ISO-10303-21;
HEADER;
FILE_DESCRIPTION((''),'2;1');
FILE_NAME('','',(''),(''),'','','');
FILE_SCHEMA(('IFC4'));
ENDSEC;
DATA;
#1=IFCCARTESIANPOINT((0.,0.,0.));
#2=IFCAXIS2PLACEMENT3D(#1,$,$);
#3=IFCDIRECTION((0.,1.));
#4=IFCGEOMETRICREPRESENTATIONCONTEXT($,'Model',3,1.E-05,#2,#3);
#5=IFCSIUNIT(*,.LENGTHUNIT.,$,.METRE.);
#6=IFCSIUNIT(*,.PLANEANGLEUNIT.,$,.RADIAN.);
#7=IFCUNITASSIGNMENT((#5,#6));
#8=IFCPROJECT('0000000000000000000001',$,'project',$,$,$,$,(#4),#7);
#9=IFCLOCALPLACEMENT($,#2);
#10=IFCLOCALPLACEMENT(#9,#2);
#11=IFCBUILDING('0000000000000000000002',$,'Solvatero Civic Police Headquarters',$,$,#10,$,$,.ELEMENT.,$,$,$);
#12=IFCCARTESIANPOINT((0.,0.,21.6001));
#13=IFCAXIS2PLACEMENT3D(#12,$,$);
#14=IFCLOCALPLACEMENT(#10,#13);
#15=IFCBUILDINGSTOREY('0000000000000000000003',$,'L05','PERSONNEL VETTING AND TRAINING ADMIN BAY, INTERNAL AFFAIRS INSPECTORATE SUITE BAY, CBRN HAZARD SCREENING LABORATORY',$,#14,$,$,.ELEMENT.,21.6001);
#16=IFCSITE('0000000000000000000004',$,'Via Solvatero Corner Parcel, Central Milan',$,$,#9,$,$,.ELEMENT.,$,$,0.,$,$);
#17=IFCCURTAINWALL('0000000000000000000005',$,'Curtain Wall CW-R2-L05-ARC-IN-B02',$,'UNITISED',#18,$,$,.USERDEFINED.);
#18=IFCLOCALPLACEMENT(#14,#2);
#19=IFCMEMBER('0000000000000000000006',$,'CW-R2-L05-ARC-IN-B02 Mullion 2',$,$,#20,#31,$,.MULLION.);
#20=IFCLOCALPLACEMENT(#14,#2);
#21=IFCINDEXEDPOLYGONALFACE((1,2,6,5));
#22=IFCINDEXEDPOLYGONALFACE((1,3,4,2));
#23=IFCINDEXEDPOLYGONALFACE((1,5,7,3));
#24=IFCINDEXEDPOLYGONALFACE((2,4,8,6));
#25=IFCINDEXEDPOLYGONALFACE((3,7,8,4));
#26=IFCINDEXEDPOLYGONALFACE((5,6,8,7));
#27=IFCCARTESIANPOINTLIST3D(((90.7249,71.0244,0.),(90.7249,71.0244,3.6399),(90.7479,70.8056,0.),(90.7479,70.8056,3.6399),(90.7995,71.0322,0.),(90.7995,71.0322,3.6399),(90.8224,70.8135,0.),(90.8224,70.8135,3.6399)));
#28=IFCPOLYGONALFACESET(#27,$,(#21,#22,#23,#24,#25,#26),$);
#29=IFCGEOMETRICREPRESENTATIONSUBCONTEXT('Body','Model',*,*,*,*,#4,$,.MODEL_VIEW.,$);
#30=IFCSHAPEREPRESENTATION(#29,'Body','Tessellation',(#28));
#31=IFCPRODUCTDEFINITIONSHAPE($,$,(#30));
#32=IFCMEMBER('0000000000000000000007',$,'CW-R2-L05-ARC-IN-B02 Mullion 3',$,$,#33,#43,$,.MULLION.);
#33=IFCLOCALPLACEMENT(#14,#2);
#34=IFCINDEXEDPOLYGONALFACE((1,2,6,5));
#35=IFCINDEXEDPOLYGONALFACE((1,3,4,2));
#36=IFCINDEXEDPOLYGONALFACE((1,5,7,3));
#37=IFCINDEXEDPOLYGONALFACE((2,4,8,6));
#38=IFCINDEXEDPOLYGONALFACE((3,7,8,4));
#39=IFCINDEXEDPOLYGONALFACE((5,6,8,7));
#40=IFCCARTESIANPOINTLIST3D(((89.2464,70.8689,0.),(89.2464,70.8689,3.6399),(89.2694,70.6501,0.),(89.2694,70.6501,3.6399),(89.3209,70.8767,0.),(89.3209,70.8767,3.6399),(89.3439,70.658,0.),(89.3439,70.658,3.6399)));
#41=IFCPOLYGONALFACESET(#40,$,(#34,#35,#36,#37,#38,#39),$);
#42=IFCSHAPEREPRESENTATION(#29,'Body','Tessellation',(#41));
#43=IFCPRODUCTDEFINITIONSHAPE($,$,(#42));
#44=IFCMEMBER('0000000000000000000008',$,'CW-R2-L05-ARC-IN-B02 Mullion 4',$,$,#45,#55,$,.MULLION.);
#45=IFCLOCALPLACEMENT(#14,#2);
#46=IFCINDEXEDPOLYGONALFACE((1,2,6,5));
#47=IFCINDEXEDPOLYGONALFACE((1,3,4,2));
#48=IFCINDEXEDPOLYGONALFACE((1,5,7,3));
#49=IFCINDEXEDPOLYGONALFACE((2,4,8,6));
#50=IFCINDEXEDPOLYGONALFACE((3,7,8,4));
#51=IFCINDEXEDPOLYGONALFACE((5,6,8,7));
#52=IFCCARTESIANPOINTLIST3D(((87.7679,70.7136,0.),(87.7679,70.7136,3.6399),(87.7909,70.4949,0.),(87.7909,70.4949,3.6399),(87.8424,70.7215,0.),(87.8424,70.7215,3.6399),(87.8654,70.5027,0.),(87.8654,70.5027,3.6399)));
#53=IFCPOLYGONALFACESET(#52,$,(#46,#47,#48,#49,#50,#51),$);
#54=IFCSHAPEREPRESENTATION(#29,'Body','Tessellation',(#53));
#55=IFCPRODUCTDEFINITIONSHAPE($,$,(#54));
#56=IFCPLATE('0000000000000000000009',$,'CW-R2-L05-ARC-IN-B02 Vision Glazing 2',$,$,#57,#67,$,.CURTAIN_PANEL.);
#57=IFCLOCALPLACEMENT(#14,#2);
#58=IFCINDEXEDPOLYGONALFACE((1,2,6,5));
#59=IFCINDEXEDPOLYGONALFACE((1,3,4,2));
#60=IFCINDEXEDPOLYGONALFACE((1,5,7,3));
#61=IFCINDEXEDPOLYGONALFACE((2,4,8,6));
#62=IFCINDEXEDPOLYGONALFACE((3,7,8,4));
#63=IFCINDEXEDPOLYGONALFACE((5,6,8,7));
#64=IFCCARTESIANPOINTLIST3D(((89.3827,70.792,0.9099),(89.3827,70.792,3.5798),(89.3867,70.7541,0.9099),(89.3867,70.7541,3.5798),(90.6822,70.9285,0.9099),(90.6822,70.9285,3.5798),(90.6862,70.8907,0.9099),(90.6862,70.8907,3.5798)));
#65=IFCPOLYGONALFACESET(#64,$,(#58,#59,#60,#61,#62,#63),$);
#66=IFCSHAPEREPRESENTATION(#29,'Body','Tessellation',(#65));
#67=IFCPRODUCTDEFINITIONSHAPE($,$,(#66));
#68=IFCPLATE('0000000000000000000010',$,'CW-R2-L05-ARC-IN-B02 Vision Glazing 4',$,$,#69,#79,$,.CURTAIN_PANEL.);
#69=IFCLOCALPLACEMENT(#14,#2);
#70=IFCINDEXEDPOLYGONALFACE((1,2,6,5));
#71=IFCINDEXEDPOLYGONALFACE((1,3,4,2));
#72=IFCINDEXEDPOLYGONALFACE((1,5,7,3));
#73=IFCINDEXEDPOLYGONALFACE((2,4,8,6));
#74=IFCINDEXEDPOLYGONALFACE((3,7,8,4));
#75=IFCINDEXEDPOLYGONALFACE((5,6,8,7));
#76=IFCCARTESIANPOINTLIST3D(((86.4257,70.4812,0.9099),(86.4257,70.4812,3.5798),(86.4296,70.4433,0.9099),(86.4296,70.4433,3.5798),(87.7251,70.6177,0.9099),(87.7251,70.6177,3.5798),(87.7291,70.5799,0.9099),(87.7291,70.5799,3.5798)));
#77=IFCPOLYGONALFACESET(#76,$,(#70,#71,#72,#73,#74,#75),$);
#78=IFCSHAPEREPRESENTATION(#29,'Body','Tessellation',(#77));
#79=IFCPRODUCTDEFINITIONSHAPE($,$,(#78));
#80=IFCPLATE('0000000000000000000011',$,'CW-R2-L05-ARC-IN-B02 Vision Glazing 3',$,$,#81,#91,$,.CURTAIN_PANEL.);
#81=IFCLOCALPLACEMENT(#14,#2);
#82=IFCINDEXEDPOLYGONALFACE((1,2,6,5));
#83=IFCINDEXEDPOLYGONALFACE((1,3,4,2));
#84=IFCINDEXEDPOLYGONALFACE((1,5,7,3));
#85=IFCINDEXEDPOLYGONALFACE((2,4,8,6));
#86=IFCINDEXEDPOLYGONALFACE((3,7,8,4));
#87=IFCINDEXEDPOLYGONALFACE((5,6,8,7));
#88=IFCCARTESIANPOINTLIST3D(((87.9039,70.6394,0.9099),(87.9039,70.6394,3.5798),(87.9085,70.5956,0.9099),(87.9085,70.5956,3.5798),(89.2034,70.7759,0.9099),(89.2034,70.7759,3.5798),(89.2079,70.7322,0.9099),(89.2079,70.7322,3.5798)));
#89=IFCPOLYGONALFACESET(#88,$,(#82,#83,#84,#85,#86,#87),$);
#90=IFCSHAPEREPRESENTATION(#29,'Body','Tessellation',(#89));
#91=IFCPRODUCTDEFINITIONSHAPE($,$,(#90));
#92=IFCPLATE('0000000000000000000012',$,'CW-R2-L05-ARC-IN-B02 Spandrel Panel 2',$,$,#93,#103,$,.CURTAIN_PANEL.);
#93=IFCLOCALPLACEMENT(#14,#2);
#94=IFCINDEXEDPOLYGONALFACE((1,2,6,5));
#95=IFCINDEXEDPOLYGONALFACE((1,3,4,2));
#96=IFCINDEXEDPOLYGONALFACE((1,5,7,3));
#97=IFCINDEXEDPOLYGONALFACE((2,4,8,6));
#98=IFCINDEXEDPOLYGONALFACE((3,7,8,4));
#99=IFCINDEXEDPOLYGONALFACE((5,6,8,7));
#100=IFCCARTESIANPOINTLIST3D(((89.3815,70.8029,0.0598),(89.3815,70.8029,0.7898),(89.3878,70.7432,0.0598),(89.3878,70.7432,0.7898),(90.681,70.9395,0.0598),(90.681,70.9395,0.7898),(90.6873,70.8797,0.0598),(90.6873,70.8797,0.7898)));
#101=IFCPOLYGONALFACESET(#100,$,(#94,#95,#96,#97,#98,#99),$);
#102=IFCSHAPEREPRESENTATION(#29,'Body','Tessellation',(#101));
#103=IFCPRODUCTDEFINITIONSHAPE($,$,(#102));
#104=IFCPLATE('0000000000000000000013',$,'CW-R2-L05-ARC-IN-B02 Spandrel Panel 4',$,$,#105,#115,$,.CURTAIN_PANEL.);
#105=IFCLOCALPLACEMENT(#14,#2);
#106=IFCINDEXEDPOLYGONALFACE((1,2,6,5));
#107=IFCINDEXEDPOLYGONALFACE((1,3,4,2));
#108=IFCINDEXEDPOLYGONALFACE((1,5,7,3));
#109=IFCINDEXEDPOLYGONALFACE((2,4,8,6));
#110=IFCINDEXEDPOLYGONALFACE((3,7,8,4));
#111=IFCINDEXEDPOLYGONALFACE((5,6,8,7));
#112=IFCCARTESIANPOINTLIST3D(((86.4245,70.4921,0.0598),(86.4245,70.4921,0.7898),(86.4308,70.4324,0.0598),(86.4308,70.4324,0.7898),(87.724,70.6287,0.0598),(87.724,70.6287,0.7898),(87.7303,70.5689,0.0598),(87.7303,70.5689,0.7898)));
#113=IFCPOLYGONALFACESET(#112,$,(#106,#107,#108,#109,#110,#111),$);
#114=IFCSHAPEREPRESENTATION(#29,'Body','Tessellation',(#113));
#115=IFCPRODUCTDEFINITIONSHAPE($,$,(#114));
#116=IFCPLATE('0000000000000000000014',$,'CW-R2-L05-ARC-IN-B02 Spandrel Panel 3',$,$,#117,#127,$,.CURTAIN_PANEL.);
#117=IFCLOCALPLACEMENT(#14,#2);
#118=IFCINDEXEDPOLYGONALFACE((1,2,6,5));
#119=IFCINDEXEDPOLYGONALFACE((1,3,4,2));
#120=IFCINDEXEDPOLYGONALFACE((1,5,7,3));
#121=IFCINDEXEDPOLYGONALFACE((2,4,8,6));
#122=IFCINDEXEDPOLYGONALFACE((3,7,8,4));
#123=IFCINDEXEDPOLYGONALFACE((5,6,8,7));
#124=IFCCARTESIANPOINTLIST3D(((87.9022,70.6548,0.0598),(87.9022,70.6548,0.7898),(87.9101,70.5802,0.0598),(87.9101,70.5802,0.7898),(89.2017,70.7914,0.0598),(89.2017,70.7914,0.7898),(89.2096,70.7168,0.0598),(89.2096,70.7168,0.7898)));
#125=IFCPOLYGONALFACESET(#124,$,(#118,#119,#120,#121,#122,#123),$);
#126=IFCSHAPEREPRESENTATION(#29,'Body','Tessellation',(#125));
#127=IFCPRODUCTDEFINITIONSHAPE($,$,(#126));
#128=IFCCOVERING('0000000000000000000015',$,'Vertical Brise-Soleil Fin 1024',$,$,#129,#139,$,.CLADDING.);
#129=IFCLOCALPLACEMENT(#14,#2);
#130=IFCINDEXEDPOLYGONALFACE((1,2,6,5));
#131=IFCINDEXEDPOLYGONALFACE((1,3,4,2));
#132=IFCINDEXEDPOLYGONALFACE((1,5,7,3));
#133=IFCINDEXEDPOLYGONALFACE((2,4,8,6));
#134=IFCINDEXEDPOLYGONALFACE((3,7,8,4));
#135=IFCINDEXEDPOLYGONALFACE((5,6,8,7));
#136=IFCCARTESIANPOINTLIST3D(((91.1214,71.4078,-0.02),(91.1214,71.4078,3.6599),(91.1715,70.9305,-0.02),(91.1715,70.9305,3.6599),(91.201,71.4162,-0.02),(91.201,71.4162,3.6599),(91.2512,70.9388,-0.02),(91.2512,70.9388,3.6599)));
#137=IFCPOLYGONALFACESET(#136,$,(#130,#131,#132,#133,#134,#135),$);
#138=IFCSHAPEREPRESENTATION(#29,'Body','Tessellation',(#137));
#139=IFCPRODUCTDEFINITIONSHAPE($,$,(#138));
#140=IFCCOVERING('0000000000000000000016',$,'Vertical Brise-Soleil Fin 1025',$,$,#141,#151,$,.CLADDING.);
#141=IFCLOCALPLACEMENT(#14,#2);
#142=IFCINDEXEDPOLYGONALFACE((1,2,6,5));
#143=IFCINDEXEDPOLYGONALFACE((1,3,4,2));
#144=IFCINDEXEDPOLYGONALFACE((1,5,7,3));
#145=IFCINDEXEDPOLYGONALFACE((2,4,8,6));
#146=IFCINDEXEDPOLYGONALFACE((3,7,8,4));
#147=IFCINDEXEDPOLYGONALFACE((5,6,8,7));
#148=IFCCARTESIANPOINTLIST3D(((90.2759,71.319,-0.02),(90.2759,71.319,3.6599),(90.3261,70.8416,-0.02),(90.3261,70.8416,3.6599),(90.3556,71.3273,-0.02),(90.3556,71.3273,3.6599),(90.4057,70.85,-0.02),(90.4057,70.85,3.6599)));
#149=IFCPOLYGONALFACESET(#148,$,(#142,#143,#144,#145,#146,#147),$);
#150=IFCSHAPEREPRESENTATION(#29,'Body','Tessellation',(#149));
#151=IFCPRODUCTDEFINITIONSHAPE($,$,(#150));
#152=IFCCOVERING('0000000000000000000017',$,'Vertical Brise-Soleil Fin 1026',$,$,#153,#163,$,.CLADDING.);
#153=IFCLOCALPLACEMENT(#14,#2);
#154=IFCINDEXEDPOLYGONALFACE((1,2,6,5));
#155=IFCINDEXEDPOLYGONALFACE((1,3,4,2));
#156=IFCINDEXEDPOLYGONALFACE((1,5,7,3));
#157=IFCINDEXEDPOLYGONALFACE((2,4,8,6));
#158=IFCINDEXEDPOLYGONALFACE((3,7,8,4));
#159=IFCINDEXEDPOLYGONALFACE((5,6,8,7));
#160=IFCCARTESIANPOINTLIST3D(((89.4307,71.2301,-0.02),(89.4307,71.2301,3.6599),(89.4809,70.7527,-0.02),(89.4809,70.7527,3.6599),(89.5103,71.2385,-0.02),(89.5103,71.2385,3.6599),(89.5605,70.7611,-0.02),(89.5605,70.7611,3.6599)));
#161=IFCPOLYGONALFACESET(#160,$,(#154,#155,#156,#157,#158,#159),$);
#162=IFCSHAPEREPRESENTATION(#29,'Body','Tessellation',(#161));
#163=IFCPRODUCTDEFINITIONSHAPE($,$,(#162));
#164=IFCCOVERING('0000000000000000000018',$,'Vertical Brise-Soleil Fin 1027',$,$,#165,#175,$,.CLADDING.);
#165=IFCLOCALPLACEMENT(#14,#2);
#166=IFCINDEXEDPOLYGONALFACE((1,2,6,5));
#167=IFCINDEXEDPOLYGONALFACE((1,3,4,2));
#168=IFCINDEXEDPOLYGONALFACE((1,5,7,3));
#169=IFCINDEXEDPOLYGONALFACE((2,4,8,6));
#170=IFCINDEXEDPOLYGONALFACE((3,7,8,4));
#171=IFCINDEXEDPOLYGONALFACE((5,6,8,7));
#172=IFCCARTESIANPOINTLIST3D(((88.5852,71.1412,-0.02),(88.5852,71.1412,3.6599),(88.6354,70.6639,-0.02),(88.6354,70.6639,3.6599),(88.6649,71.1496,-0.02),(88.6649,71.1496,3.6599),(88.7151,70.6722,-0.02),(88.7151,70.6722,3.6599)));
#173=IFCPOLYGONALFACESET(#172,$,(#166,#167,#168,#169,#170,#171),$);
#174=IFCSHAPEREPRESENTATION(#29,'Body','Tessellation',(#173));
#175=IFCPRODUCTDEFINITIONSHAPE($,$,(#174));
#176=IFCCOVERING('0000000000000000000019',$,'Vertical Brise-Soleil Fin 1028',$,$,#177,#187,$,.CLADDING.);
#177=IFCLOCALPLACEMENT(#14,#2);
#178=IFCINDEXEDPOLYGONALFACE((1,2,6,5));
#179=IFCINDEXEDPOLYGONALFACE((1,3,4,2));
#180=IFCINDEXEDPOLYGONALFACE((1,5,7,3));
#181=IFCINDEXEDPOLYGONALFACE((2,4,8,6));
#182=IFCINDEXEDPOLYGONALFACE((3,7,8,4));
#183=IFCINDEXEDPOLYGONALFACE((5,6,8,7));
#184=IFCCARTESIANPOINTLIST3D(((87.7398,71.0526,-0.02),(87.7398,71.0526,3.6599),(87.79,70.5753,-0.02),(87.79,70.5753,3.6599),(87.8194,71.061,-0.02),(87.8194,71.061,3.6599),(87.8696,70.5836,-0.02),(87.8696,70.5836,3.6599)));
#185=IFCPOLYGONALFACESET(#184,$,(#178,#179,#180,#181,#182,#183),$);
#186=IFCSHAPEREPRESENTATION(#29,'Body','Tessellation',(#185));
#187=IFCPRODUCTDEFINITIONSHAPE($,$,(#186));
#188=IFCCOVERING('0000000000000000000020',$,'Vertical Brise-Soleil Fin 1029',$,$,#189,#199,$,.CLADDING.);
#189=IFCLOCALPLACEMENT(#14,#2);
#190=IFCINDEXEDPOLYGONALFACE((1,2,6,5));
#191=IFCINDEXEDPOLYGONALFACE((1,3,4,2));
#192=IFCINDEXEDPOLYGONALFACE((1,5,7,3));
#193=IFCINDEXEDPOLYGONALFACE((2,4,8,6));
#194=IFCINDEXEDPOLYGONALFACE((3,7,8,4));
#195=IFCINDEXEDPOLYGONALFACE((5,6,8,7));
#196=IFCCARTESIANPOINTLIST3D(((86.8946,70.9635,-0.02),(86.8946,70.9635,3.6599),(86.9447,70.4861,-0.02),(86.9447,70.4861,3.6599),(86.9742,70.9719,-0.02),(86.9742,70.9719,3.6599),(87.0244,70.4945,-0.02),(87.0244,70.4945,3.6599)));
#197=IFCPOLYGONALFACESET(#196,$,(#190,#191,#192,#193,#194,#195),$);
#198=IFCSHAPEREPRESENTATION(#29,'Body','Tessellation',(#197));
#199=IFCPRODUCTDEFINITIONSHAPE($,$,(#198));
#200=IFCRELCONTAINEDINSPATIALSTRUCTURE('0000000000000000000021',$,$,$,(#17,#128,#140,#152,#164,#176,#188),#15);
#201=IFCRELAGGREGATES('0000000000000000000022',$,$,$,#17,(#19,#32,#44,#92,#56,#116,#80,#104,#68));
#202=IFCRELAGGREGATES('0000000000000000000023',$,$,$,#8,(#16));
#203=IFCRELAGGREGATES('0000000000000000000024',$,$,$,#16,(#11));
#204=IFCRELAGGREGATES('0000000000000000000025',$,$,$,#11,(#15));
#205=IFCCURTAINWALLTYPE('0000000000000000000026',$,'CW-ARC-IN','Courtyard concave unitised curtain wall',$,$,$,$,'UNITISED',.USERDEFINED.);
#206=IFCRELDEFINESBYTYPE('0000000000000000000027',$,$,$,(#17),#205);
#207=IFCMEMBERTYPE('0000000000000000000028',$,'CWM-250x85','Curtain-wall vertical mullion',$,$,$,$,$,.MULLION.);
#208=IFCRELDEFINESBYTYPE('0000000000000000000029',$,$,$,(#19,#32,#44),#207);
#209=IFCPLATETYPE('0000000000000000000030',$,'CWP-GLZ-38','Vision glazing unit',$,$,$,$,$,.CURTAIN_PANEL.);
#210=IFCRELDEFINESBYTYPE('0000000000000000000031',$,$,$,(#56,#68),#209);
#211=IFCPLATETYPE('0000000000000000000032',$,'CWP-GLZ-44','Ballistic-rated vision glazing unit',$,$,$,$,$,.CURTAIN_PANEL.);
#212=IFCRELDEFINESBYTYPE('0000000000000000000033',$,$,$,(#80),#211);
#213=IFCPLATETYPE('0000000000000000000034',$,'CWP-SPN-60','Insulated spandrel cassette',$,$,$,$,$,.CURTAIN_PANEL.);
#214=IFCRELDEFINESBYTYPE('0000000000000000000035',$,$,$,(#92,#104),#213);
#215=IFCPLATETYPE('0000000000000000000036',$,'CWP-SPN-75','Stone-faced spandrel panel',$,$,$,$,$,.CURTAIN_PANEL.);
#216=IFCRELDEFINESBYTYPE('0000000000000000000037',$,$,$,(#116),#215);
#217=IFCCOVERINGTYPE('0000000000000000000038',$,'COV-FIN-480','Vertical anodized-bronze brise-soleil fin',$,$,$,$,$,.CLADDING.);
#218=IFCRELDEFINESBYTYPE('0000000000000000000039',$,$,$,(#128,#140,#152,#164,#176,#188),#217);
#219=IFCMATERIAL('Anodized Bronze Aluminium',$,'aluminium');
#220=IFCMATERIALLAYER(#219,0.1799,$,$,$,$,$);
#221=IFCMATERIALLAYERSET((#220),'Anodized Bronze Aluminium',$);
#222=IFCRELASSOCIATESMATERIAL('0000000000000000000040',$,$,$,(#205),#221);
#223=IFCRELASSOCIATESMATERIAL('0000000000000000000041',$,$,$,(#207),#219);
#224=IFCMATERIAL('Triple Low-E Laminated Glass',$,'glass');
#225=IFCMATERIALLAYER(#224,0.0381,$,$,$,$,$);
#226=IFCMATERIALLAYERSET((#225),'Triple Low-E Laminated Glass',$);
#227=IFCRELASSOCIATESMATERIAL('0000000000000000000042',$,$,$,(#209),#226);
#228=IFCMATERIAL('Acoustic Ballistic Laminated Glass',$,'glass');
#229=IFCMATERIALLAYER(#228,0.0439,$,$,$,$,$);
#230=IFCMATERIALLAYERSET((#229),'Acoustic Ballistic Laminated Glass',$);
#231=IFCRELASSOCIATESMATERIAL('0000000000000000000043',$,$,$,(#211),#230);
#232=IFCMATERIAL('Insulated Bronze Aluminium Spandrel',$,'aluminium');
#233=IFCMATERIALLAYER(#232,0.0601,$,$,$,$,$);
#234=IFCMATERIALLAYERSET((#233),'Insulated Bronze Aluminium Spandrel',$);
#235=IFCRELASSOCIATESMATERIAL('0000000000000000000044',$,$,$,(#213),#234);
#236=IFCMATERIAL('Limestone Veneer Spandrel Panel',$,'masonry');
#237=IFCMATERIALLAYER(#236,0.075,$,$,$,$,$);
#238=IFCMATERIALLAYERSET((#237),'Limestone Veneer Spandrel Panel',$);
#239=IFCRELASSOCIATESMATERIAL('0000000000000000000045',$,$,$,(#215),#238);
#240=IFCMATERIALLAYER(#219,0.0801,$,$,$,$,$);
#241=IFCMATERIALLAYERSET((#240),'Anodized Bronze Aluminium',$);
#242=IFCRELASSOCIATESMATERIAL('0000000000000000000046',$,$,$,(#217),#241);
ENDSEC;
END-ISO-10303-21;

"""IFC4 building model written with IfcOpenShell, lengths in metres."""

from ifc_helpers import new_model, si_unit, direction, frame, origin, origin_2d, place, context, subcontext, project, spatial, rectangle, extrude, material, layer, layer_set, material_profile, profile_set, type_object, element, aggregate, save


model = new_model("IFC4")

# Units and contexts
model_context = context("Model", 3, precision=1e-05, world=origin(), true_north=direction((0.0, 1.0)))
body_context = subcontext(model_context, "Body", "Model", "MODEL_VIEW")
ifc_project = project(units=[si_unit("LENGTHUNIT", "METRE"), si_unit("PLANEANGLEUNIT", "RADIAN")], contexts=[model_context])

# Site, building, storey
site_placement = place(None, origin())
site = spatial("IfcSite", under=ifc_project, at=site_placement, Name="Via Solvatero Corner Parcel, Central Milan", CompositionType="ELEMENT", RefElevation=0.0)
building_placement = place(site_placement, origin())
building = spatial("IfcBuilding", under=site, at=building_placement, Name="Solvatero Civic Police Headquarters", CompositionType="ELEMENT")
storey_placement = place(building_placement, frame((0.0, 0.0, 21.6001)))
storey = spatial("IfcBuildingStorey", under=building, at=storey_placement, Name="L05", Description="PERSONNEL VETTING AND TRAINING ADMIN BAY, INTERNAL AFFAIRS INSPECTORATE SUITE BAY, CBRN HAZARD SCREENING LABORATORY", CompositionType="ELEMENT", Elevation=21.6001)

# Curtain wall, members, plates
ifc_material_1 = material(Name="Anodized Bronze Aluminium", Category="aluminium")
ifc_layer_1 = layer(ifc_material_1, 0.1799)
ifc_layer_set_1 = layer_set([ifc_layer_1], Name="Anodized Bronze Aluminium")
curtain_wall_type = type_object("IfcCurtainWallType", Name="CW-ARC-IN", Description="Courtyard concave unitised curtain wall", ElementType="UNITISED", PredefinedType="USERDEFINED", material=ifc_layer_set_1)
curtain_wall_placement = place(storey_placement, origin())
curtain_wall = element("IfcCurtainWall", 1, at=curtain_wall_placement, inside=storey, type_object=curtain_wall_type, Name="Curtain Wall CW-R2-L05-ARC-IN-B02", ObjectType="UNITISED", PredefinedType="USERDEFINED")
ifc_material_profile = material_profile(ifc_material_1, rectangle(XDim=0.075, YDim=0.22, at=origin_2d()), Name="ALU MULLION 75x220")
ifc_profile_set = profile_set([ifc_material_profile], Name="Anodized Bronze Aluminium")
member_type = type_object("IfcMemberType", Name="CWM-250x85", Description="Curtain-wall vertical mullion", PredefinedType="MULLION", material=ifc_profile_set)
member_1_placement = place(storey_placement, frame((90.7737, 70.9189, 0.0), z_axis=(0.0, 0.0, 1.0), x_axis=(-0.994522, -0.104528, 0.0)))
member_1 = element("IfcMember", 2, at=member_1_placement, type_object=member_type, Name="CW-R2-L05-ARC-IN-B02 Mullion 2", PredefinedType="MULLION", context=body_context, shape_type="SweptSolid", body=[
    extrude(rectangle(XDim=0.075, YDim=0.22, at=origin_2d()), origin(), (0.0, 0.0, 1.0), 3.6399),
])
member_2_placement = place(storey_placement, frame((89.2952, 70.7634, 0.0), z_axis=(0.0, 0.0, 1.0), x_axis=(-0.994522, -0.104528, 0.0)))
member_2 = element("IfcMember", 3, at=member_2_placement, type_object=member_type, Name="CW-R2-L05-ARC-IN-B02 Mullion 3", PredefinedType="MULLION", context=body_context, shape_type="SweptSolid", body=[
    extrude(rectangle(XDim=0.075, YDim=0.22, at=origin_2d()), origin(), (0.0, 0.0, 1.0), 3.6399),
])
member_3_placement = place(storey_placement, frame((87.8167, 70.6082, 0.0), z_axis=(0.0, 0.0, 1.0), x_axis=(-0.994522, -0.104528, 0.0)))
member_3 = element("IfcMember", 4, at=member_3_placement, type_object=member_type, Name="CW-R2-L05-ARC-IN-B02 Mullion 4", PredefinedType="MULLION", context=body_context, shape_type="SweptSolid", body=[
    extrude(rectangle(XDim=0.075, YDim=0.22, at=origin_2d()), origin(), (0.0, 0.0, 1.0), 3.6399),
])
ifc_material_2 = material(Name="Triple Low-E Laminated Glass", Category="glass")
ifc_layer_2 = layer(ifc_material_2, 0.0381)
ifc_layer_set_2 = layer_set([ifc_layer_2], Name="Triple Low-E Laminated Glass")
plate_type_1 = type_object("IfcPlateType", Name="CWP-GLZ-38", Description="Vision glazing unit", PredefinedType="CURTAIN_PANEL", material=ifc_layer_set_2)
plate_1_placement = place(storey_placement, frame((90.0344, 70.8413, 0.9099), z_axis=(0.0, 0.0, 1.0), x_axis=(-0.994522, -0.104528, 0.0)))
plate_1 = element("IfcPlate", 5, at=plate_1_placement, type_object=plate_type_1, Name="CW-R2-L05-ARC-IN-B02 Vision Glazing 2", PredefinedType="CURTAIN_PANEL", context=body_context, shape_type="SweptSolid", body=[
    extrude(rectangle(XDim=1.3066, YDim=0.0381, at=origin_2d()), origin(), (0.0, 0.0, 1.0), 2.6699),
])
plate_2_placement = place(storey_placement, frame((87.0774, 70.5305, 0.9099), z_axis=(0.0, 0.0, 1.0), x_axis=(-0.994522, -0.104528, 0.0)))
plate_2 = element("IfcPlate", 6, at=plate_2_placement, type_object=plate_type_1, Name="CW-R2-L05-ARC-IN-B02 Vision Glazing 4", PredefinedType="CURTAIN_PANEL", context=body_context, shape_type="SweptSolid", body=[
    extrude(rectangle(XDim=1.3066, YDim=0.0381, at=origin_2d()), origin(), (0.0, 0.0, 1.0), 2.6699),
])
ifc_material_3 = material(Name="Acoustic Ballistic Laminated Glass", Category="glass")
ifc_layer_3 = layer(ifc_material_3, 0.0439)
ifc_layer_set_3 = layer_set([ifc_layer_3], Name="Acoustic Ballistic Laminated Glass")
plate_type_2 = type_object("IfcPlateType", Name="CWP-GLZ-44", Description="Ballistic-rated vision glazing unit", PredefinedType="CURTAIN_PANEL", material=ifc_layer_set_3)
plate_3_placement = place(storey_placement, frame((88.5559, 70.6858, 0.9099), z_axis=(0.0, 0.0, 1.0), x_axis=(-0.994522, -0.104528, 0.0)))
plate_3 = element("IfcPlate", 7, at=plate_3_placement, type_object=plate_type_2, Name="CW-R2-L05-ARC-IN-B02 Vision Glazing 3", PredefinedType="CURTAIN_PANEL", context=body_context, shape_type="SweptSolid", body=[
    extrude(rectangle(XDim=1.3066, YDim=0.0439, at=origin_2d()), origin(), (0.0, 0.0, 1.0), 2.6699),
])
ifc_material_4 = material(Name="Insulated Bronze Aluminium Spandrel", Category="aluminium")
ifc_layer_4 = layer(ifc_material_4, 0.0601)
ifc_layer_set_4 = layer_set([ifc_layer_4], Name="Insulated Bronze Aluminium Spandrel")
plate_type_3 = type_object("IfcPlateType", Name="CWP-SPN-60", Description="Insulated spandrel cassette", PredefinedType="CURTAIN_PANEL", material=ifc_layer_set_4)
plate_4_placement = place(storey_placement, frame((90.0344, 70.8413, 0.0598), z_axis=(0.0, 0.0, 1.0), x_axis=(-0.994522, -0.104528, 0.0)))
plate_4 = element("IfcPlate", 8, at=plate_4_placement, type_object=plate_type_3, Name="CW-R2-L05-ARC-IN-B02 Spandrel Panel 2", PredefinedType="CURTAIN_PANEL", context=body_context, shape_type="SweptSolid", body=[
    extrude(rectangle(XDim=1.3066, YDim=0.0601, at=origin_2d()), origin(), (0.0, 0.0, 1.0), 0.73),
])
plate_5_placement = place(storey_placement, frame((87.0774, 70.5305, 0.0598), z_axis=(0.0, 0.0, 1.0), x_axis=(-0.994522, -0.104528, 0.0)))
plate_5 = element("IfcPlate", 9, at=plate_5_placement, type_object=plate_type_3, Name="CW-R2-L05-ARC-IN-B02 Spandrel Panel 4", PredefinedType="CURTAIN_PANEL", context=body_context, shape_type="SweptSolid", body=[
    extrude(rectangle(XDim=1.3066, YDim=0.0601, at=origin_2d()), origin(), (0.0, 0.0, 1.0), 0.73),
])
ifc_material_5 = material(Name="Limestone Veneer Spandrel Panel", Category="masonry")
ifc_layer_5 = layer(ifc_material_5, 0.075)
ifc_layer_set_5 = layer_set([ifc_layer_5], Name="Limestone Veneer Spandrel Panel")
plate_type_4 = type_object("IfcPlateType", Name="CWP-SPN-75", Description="Stone-faced spandrel panel", PredefinedType="CURTAIN_PANEL", material=ifc_layer_set_5)
plate_6_placement = place(storey_placement, frame((88.5559, 70.6858, 0.0598), z_axis=(0.0, 0.0, 1.0), x_axis=(-0.994522, -0.104528, 0.0)))
plate_6 = element("IfcPlate", 10, at=plate_6_placement, type_object=plate_type_4, Name="CW-R2-L05-ARC-IN-B02 Spandrel Panel 3", PredefinedType="CURTAIN_PANEL", context=body_context, shape_type="SweptSolid", body=[
    extrude(rectangle(XDim=1.3066, YDim=0.075, at=origin_2d()), origin(), (0.0, 0.0, 1.0), 0.73),
])
aggregate(curtain_wall, [member_1, member_2, member_3, plate_4, plate_1, plate_6, plate_3, plate_5, plate_2])

# Coverings
ifc_layer_6 = layer(ifc_material_1, 0.0801)
ifc_layer_set_6 = layer_set([ifc_layer_6], Name="Anodized Bronze Aluminium")
covering_type = type_object("IfcCoveringType", Name="COV-FIN-480", Description="Vertical anodized-bronze brise-soleil fin", PredefinedType="CLADDING", material=ifc_layer_set_6)
for number, where, z_axis, x_axis, name in (
    (11, (91.1863, 71.1733, -0.02), (0.0, 0.0, 1.0), (-0.994522, -0.104528, 0.0), "Vertical Brise-Soleil Fin 1024"),
    (12, (90.3408, 71.0845, -0.02), (0.0, 0.0, 1.0), (-0.994522, -0.104528, 0.0), "Vertical Brise-Soleil Fin 1025"),
    (13, (89.4956, 70.9956, -0.02), (0.0, 0.0, 1.0), (-0.994522, -0.104528, 0.0), "Vertical Brise-Soleil Fin 1026"),
    (14, (88.6501, 70.9067, -0.02), (0.0, 0.0, 1.0), (-0.994522, -0.104528, 0.0), "Vertical Brise-Soleil Fin 1027"),
    (15, (87.8047, 70.8181, -0.02), (0.0, 0.0, 1.0), (-0.994522, -0.104528, 0.0), "Vertical Brise-Soleil Fin 1028"),
    (16, (86.9595, 70.729, -0.02), (0.0, 0.0, 1.0), (-0.994522, -0.104528, 0.0), "Vertical Brise-Soleil Fin 1029"),
):
    element("IfcCovering", number, at=place(storey_placement, frame(where, z_axis=z_axis, x_axis=x_axis)), inside=storey, type_object=covering_type, Name=name, PredefinedType="CLADDING", context=body_context, shape_type="SweptSolid", body=[
        extrude(rectangle(XDim=0.0801, YDim=0.48, at=origin_2d()), origin(), (0.0, 0.0, 1.0), 3.6799),
    ])

save(model, "model.ifc")
